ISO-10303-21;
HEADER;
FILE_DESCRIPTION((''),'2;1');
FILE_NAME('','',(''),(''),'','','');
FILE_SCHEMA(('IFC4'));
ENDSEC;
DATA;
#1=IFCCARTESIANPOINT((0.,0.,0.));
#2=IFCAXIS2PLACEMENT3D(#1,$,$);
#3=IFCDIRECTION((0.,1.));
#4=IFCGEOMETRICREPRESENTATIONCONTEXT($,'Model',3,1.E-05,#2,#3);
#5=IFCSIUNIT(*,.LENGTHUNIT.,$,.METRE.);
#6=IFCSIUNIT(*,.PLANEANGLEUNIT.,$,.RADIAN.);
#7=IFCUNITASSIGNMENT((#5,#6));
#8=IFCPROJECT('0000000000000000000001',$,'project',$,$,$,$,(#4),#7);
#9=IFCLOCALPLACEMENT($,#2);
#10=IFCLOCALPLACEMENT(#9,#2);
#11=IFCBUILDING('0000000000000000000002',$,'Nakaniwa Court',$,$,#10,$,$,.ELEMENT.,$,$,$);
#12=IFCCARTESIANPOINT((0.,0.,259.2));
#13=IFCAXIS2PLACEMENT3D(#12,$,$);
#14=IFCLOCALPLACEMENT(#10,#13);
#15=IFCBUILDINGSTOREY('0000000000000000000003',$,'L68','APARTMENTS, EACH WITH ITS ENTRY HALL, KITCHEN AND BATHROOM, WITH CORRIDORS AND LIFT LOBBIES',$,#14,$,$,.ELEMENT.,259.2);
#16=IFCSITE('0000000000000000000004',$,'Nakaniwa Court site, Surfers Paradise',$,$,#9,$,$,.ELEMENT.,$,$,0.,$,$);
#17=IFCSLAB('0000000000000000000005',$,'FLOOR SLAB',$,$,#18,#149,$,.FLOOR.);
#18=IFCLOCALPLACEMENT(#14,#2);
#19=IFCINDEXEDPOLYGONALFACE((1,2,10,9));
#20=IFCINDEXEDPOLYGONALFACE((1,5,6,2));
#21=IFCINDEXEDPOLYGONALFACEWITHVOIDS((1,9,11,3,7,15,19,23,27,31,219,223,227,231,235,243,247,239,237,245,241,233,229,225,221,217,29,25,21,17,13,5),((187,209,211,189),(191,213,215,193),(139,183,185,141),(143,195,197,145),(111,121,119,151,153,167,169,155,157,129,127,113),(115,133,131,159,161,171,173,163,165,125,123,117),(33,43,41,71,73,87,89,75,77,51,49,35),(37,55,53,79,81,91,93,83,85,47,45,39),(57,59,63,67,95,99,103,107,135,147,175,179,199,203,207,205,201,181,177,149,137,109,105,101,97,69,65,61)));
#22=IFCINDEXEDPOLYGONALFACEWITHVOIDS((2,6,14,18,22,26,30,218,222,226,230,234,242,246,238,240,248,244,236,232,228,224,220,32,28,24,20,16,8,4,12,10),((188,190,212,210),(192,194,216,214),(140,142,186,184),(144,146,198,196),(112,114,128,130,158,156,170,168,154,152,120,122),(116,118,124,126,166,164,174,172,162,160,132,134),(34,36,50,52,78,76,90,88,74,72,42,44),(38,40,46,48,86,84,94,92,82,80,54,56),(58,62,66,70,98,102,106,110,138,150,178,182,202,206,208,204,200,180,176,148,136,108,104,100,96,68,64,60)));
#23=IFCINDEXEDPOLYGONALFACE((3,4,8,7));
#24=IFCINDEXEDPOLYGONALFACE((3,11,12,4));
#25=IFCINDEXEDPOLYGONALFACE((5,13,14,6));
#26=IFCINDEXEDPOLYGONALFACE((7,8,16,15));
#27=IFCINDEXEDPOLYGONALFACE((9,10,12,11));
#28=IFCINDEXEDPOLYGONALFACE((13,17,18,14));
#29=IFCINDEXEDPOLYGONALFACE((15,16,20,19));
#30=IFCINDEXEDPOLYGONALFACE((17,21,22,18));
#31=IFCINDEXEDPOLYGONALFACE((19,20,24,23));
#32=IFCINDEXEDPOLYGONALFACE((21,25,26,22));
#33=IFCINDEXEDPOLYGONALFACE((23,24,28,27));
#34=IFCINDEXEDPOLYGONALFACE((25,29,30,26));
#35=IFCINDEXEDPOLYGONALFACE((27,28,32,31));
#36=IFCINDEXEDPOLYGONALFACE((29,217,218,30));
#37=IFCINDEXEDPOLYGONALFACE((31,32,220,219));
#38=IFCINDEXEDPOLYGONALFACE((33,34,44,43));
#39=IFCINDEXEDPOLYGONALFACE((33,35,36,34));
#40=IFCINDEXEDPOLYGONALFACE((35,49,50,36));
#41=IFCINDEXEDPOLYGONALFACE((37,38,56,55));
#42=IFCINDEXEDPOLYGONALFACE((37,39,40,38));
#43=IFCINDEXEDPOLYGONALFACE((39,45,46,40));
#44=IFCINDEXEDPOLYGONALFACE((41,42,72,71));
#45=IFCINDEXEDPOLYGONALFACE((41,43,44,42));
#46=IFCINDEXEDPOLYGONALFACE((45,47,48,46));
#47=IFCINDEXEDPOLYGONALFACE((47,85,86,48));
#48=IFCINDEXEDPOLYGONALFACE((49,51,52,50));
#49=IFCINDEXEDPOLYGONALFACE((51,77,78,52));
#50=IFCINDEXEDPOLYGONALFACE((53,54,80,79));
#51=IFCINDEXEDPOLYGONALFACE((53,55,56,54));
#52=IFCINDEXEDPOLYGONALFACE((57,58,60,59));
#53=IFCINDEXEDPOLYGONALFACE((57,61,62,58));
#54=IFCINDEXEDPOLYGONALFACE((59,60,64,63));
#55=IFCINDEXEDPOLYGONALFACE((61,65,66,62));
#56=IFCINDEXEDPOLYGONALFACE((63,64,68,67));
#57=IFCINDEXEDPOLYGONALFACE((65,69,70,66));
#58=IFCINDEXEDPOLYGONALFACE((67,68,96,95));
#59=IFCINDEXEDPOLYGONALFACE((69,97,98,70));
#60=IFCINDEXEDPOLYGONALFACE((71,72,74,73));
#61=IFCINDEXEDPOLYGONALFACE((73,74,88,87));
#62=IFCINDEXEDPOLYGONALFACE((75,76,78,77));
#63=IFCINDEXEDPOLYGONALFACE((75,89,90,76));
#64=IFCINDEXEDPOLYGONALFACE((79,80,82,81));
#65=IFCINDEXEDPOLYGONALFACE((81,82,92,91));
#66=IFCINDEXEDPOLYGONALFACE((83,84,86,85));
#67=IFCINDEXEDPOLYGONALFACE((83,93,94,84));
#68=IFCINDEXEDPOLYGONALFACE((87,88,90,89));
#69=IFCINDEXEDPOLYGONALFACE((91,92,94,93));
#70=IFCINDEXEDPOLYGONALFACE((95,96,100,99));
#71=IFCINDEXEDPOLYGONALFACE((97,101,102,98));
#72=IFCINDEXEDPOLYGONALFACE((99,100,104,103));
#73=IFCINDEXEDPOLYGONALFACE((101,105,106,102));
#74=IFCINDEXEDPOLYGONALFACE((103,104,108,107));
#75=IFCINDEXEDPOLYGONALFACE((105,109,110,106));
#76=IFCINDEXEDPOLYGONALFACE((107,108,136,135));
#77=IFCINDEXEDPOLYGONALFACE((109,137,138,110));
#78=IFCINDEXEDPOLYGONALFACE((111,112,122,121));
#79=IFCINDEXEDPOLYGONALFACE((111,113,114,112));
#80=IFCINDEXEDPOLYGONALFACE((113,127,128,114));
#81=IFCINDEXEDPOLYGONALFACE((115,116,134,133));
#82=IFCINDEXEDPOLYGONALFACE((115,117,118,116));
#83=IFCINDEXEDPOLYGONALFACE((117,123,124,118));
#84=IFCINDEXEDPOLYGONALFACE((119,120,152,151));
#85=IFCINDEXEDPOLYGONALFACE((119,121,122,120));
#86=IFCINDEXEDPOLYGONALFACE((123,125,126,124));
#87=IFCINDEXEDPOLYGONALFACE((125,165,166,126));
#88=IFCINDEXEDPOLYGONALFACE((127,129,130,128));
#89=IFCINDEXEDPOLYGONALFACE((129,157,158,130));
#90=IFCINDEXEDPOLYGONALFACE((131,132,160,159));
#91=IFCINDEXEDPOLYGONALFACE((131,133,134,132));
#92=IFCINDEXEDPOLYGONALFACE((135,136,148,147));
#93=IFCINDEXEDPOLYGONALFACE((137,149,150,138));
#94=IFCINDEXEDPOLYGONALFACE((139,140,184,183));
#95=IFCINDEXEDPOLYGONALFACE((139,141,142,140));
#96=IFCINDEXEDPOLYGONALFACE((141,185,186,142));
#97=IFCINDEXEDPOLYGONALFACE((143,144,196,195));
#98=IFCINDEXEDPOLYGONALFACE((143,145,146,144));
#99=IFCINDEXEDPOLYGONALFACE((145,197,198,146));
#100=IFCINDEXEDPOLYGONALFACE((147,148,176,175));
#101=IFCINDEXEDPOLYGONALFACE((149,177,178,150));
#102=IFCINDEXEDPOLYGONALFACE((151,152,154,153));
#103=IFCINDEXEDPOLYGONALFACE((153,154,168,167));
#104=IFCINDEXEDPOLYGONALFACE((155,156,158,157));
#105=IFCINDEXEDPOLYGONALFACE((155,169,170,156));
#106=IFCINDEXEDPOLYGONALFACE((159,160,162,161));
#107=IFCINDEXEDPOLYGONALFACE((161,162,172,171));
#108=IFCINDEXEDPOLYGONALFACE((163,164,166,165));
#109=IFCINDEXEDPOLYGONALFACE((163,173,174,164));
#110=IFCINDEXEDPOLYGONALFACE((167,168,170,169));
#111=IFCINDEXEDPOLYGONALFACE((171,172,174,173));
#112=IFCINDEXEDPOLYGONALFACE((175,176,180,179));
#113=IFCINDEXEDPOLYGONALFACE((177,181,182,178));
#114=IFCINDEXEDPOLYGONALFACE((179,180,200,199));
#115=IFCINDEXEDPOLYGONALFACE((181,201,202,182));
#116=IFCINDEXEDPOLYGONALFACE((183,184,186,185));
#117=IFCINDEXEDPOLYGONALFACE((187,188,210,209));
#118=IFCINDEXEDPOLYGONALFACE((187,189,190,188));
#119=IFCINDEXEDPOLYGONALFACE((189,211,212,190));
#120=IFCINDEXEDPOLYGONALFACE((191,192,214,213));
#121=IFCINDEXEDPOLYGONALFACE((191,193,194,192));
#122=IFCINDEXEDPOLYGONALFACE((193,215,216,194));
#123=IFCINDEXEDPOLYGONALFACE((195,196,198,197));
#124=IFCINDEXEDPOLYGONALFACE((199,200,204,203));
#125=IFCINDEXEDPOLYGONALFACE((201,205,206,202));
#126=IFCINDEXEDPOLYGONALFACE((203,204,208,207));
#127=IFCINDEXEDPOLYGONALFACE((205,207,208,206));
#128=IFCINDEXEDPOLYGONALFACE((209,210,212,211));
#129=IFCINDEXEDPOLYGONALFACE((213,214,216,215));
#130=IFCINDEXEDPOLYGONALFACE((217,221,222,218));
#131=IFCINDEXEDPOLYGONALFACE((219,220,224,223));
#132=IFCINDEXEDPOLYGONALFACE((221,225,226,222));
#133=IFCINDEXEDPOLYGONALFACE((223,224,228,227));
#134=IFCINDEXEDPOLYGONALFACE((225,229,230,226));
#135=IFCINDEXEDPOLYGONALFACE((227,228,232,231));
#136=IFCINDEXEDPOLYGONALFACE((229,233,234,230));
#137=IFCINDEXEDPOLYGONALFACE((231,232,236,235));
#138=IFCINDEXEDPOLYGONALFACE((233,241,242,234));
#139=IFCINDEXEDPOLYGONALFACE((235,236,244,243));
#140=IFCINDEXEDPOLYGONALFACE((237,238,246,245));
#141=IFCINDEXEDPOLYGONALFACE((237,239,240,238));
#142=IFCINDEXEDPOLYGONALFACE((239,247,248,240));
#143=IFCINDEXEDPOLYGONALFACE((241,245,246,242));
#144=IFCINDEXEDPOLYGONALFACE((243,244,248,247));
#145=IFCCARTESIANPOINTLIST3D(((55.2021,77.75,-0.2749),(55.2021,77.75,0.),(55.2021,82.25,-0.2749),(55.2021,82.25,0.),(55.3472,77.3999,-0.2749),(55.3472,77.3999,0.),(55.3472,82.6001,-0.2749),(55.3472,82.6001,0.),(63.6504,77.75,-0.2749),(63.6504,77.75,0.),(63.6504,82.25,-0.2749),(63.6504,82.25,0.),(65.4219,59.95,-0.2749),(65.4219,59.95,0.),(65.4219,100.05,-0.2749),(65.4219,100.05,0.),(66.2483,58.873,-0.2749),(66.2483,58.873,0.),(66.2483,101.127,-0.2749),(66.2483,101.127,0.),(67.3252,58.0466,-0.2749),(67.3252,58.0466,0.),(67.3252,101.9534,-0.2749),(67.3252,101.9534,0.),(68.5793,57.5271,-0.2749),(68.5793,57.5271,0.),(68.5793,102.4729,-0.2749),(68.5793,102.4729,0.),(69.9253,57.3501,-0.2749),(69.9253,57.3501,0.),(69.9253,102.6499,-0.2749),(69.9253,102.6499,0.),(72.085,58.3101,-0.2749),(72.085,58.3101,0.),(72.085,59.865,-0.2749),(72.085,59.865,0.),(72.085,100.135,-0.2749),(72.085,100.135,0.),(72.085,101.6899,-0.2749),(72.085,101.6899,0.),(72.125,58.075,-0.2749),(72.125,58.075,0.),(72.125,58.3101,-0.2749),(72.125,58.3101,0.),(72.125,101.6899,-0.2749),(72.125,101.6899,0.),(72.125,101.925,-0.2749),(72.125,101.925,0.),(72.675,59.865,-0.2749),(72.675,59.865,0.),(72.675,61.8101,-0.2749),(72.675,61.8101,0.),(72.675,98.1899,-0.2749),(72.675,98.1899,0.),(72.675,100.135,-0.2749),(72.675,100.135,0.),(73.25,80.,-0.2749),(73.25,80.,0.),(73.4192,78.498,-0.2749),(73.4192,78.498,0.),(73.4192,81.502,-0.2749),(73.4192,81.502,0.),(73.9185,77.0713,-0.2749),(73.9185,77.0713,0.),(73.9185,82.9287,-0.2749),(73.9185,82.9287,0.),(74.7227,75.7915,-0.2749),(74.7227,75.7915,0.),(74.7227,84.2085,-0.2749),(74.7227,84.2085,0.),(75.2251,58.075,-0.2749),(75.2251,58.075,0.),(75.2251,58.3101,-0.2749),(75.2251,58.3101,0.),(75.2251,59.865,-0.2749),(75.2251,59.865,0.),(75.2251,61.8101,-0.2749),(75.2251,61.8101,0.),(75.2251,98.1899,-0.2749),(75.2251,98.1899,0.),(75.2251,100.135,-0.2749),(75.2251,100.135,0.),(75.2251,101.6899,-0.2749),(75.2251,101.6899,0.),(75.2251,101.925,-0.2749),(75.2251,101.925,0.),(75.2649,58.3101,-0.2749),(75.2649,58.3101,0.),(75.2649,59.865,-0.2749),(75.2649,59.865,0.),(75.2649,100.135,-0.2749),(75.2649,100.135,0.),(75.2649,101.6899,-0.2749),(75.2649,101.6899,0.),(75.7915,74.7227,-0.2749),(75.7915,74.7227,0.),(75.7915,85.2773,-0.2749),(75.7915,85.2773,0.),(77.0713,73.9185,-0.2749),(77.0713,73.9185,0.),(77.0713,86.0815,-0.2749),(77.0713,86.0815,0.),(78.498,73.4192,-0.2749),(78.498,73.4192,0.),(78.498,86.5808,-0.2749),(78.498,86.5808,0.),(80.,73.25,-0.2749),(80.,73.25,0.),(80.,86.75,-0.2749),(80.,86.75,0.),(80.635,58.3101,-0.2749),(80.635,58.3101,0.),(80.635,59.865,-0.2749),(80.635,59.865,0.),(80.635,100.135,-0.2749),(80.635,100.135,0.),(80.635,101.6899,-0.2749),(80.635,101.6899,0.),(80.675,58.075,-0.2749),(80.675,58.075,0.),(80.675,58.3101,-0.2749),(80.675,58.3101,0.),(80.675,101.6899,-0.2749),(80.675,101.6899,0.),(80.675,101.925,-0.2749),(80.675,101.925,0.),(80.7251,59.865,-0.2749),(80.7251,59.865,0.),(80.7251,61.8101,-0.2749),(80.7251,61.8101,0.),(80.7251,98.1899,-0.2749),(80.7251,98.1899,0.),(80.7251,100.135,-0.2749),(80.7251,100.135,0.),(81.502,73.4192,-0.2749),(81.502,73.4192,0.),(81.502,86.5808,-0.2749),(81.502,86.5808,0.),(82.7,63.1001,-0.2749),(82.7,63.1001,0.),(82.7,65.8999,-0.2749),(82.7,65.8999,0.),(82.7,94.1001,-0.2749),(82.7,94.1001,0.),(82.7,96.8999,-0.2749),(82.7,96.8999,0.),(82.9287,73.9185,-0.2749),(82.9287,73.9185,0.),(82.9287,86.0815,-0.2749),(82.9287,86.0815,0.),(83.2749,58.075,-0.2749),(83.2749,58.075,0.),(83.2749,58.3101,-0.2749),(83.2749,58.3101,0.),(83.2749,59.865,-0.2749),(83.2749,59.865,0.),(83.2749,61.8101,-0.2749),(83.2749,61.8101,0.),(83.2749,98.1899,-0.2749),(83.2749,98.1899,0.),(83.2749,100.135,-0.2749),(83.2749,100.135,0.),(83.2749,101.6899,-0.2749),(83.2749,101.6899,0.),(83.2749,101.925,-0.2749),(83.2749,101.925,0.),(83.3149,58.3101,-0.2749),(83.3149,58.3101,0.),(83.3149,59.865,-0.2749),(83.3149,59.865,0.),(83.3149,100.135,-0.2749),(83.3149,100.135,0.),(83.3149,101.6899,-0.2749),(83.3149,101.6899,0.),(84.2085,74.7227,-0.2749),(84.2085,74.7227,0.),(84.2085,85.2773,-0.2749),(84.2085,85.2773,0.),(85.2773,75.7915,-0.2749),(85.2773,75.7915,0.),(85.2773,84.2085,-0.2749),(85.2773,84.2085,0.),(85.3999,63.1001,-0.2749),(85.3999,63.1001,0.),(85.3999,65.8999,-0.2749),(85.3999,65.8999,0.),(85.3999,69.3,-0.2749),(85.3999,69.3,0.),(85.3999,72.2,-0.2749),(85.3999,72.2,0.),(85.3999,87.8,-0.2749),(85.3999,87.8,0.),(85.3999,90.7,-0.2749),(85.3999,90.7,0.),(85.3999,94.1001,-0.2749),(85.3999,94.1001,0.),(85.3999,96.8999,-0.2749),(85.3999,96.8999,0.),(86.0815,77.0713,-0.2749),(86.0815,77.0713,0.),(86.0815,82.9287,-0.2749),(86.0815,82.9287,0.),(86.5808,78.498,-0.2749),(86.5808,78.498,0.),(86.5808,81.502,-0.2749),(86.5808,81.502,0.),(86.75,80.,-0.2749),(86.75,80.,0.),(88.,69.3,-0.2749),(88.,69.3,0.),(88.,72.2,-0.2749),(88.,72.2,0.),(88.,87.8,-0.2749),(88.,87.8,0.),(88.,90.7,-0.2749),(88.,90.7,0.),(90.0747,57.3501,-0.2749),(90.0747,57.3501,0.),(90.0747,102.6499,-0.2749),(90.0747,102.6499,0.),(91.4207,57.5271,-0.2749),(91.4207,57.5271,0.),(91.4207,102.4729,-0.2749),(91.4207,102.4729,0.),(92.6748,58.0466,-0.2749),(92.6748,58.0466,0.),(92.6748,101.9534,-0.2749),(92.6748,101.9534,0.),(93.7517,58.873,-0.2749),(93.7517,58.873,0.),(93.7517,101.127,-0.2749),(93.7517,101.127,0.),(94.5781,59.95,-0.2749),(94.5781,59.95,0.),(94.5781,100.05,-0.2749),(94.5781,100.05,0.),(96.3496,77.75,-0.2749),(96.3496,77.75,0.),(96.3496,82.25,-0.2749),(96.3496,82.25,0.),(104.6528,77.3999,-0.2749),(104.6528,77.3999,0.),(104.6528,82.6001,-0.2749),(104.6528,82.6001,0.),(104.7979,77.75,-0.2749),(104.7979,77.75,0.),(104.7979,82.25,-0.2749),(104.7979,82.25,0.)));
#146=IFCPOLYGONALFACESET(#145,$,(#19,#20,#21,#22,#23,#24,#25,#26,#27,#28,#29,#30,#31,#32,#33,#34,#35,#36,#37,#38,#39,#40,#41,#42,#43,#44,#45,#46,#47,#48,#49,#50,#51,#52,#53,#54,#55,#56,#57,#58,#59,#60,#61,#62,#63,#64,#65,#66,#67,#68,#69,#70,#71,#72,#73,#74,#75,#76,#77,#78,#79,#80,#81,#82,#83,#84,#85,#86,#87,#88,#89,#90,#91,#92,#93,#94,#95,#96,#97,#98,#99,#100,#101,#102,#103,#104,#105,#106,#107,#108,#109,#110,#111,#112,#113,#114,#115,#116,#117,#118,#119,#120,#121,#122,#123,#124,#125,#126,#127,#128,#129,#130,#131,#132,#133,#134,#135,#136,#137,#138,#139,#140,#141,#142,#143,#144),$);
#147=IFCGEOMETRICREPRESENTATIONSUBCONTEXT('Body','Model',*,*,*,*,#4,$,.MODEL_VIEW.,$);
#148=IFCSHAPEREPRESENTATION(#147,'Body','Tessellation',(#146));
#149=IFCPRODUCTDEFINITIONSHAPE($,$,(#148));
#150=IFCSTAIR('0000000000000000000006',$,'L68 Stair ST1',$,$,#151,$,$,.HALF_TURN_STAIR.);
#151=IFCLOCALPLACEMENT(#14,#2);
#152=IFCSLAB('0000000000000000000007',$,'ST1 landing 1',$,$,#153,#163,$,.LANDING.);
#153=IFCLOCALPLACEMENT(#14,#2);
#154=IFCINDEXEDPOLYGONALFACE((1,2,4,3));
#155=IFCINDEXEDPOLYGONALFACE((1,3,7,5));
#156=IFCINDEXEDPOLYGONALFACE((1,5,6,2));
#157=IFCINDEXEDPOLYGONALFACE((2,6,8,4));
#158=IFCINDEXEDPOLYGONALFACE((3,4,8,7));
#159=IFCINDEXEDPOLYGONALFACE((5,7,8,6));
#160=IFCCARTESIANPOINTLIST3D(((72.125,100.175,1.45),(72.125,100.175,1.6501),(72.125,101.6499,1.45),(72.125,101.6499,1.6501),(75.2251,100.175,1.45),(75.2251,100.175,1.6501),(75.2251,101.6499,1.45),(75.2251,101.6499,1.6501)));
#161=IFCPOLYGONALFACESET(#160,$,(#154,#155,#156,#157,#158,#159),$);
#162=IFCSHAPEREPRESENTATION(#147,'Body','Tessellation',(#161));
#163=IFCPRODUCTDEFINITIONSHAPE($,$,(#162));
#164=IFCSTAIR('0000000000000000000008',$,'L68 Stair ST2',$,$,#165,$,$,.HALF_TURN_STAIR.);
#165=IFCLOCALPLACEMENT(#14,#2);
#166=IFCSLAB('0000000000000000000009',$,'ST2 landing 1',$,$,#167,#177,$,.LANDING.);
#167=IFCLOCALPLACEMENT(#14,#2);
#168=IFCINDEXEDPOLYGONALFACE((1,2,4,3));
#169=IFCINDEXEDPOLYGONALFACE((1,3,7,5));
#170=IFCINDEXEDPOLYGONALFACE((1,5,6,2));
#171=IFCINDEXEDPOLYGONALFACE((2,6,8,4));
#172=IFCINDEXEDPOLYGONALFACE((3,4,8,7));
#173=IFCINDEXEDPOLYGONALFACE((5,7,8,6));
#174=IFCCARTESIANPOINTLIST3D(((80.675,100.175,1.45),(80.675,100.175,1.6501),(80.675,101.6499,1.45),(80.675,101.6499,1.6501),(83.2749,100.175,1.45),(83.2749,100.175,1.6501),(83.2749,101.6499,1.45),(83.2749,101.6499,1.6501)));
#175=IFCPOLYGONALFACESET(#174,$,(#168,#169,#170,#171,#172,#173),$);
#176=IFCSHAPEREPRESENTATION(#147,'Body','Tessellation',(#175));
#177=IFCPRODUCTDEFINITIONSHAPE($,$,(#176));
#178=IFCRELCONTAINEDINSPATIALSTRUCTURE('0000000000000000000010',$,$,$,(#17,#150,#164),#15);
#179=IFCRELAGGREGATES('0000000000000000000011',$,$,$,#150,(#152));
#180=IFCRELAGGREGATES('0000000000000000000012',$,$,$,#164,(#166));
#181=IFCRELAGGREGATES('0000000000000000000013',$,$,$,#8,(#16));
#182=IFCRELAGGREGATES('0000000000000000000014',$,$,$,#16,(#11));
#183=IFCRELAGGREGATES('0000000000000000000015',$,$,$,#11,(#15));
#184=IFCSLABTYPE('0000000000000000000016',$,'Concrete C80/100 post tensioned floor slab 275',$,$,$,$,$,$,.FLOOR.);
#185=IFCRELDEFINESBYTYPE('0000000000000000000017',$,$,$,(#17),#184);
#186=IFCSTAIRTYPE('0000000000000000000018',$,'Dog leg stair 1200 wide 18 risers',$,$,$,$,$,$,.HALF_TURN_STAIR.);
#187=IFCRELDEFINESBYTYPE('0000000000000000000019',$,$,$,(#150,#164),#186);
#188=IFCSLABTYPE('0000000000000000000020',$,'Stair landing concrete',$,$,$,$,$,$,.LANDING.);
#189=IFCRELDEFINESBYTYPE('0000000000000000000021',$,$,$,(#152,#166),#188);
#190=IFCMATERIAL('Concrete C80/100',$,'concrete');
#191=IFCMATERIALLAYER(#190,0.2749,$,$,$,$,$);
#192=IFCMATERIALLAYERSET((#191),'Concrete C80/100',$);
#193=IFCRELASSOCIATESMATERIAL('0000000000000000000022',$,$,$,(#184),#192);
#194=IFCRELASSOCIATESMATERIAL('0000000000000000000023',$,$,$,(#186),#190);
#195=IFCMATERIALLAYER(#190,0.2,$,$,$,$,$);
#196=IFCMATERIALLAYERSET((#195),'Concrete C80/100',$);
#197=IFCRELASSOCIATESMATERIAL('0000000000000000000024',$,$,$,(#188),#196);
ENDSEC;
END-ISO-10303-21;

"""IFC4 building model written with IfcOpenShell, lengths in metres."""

from ifc_helpers import new_model, si_unit, direction, frame, origin, place, context, subcontext, project, spatial, polyline, outline, extrude, material, layer, layer_set, type_object, element, aggregate, save


model = new_model("IFC4")

# Units and contexts
model_context = context("Model", 3, precision=1e-05, world=origin(), true_north=direction((0.0, 1.0)))
body_context = subcontext(model_context, "Body", "Model", "MODEL_VIEW")
ifc_project = project(units=[si_unit("LENGTHUNIT", "METRE"), si_unit("PLANEANGLEUNIT", "RADIAN")], contexts=[model_context])

# Site, building, storey
site_placement = place(None, origin())
site = spatial("IfcSite", under=ifc_project, at=site_placement, Name="Nakaniwa Court site, Surfers Paradise", CompositionType="ELEMENT", RefElevation=0.0)
building_placement = place(site_placement, origin())
building = spatial("IfcBuilding", under=site, at=building_placement, Name="Nakaniwa Court", CompositionType="ELEMENT")
storey_placement = place(building_placement, frame((0.0, 0.0, 259.2)))
storey = spatial("IfcBuildingStorey", under=building, at=storey_placement, Name="L68", Description="APARTMENTS, EACH WITH ITS ENTRY HALL, KITCHEN AND BATHROOM, WITH CORRIDORS AND LIFT LOBBIES", CompositionType="ELEMENT", Elevation=259.2)

# Shared definitions
ifc_material_1 = material(Name="Concrete C80/100", Category="concrete")

# Slab
ifc_layer_1 = layer(ifc_material_1, 0.2749)
ifc_layer_set_1 = layer_set([ifc_layer_1], Name="Concrete C80/100")
slab_type_1 = type_object("IfcSlabType", Name="Concrete C80/100 post tensioned floor slab 275", PredefinedType="FLOOR", material=ifc_layer_set_1)
slab_1_placement = place(storey_placement, frame((0.0, 0.0, -0.2749)))
element("IfcSlab", 1, at=slab_1_placement, inside=storey, type_object=slab_type_1, Name="FLOOR SLAB", PredefinedType="FLOOR", context=body_context, shape_type="SweptSolid", body=[
    extrude(outline(polyline([(96.3496, 82.25), (104.7979, 82.25), (104.6528, 82.6001), (94.5781, 100.05), (93.7517, 101.127), (92.6748, 101.9534), (91.4207, 102.4729), (90.0747, 102.6499), (69.9253, 102.6499), (68.5793, 102.4729), (67.3252, 101.9534), (66.2483, 101.127), (65.4219, 100.05), (55.3472, 82.6001), (55.2021, 82.25), (63.6504, 82.25), (63.6504, 77.75), (55.2021, 77.75), (55.3472, 77.3999), (65.4219, 59.95), (66.2483, 58.873), (67.3252, 58.0466), (68.5793, 57.5271), (69.9253, 57.3501), (90.0747, 57.3501), (91.4207, 57.5271), (92.6748, 58.0466), (93.7517, 58.873), (94.5781, 59.95), (104.6528, 77.3999), (104.7979, 77.75), (96.3496, 77.75), (96.3496, 82.25)]), holes=[polyline([(81.502, 86.5808), (80.0, 86.75), (78.498, 86.5808), (77.0713, 86.0815), (75.7915, 85.2773), (74.7227, 84.2085), (73.9185, 82.9287), (73.4192, 81.502), (73.25, 80.0), (73.4192, 78.498), (73.9185, 77.0713), (74.7227, 75.7915), (75.7915, 74.7227), (77.0713, 73.9185), (78.498, 73.4192), (80.0, 73.25), (81.502, 73.4192), (82.9287, 73.9185), (84.2085, 74.7227), (85.2773, 75.7915), (86.0815, 77.0713), (86.5808, 78.498), (86.75, 80.0), (86.5808, 81.502), (86.0815, 82.9287), (85.2773, 84.2085), (84.2085, 85.2773), (82.9287, 86.0815), (81.502, 86.5808)]), polyline([(72.675, 61.8101), (72.675, 59.865), (72.085, 59.865), (72.085, 58.3101), (72.125, 58.3101), (72.125, 58.075), (75.2251, 58.075), (75.2251, 58.3101), (75.2649, 58.3101), (75.2649, 59.865), (75.2251, 59.865), (75.2251, 61.8101), (72.675, 61.8101)]), polyline([(83.2749, 61.8101), (80.7251, 61.8101), (80.7251, 59.865), (80.635, 59.865), (80.635, 58.3101), (80.675, 58.3101), (80.675, 58.075), (83.2749, 58.075), (83.2749, 58.3101), (83.3149, 58.3101), (83.3149, 59.865), (83.2749, 59.865), (83.2749, 61.8101)]), polyline([(75.2649, 101.6899), (75.2251, 101.6899), (75.2251, 101.925), (72.125, 101.925), (72.125, 101.6899), (72.085, 101.6899), (72.085, 100.135), (72.675, 100.135), (72.675, 98.1899), (75.2251, 98.1899), (75.2251, 100.135), (75.2649, 100.135), (75.2649, 101.6899)]), polyline([(83.3149, 100.135), (83.3149, 101.6899), (83.2749, 101.6899), (83.2749, 101.925), (80.675, 101.925), (80.675, 101.6899), (80.635, 101.6899), (80.635, 100.135), (80.7251, 100.135), (80.7251, 98.1899), (83.2749, 98.1899), (83.2749, 100.135), (83.3149, 100.135)]), polyline([(85.3999, 65.8999), (82.7, 65.8999), (82.7, 63.1001), (85.3999, 63.1001), (85.3999, 65.8999)]), polyline([(88.0, 72.2), (85.3999, 72.2), (85.3999, 69.3), (88.0, 69.3), (88.0, 72.2)]), polyline([(85.3999, 90.7), (85.3999, 87.8), (88.0, 87.8), (88.0, 90.7), (85.3999, 90.7)]), polyline([(85.3999, 96.8999), (82.7, 96.8999), (82.7, 94.1001), (85.3999, 94.1001), (85.3999, 96.8999)])]), origin(), (0.0, 0.0, 1.0), 0.2749),
])

# Stairs, slabs
stair_type = type_object("IfcStairType", Name="Dog leg stair 1200 wide 18 risers", PredefinedType="HALF_TURN_STAIR", material=ifc_material_1)
stair_1_placement = place(storey_placement, origin())
stair_1 = element("IfcStair", 2, at=stair_1_placement, inside=storey, type_object=stair_type, Name="L68 Stair ST1", PredefinedType="HALF_TURN_STAIR")
ifc_layer_2 = layer(ifc_material_1, 0.2)
ifc_layer_set_2 = layer_set([ifc_layer_2], Name="Concrete C80/100")
slab_type_2 = type_object("IfcSlabType", Name="Stair landing concrete", PredefinedType="LANDING", material=ifc_layer_set_2)
slab_2_placement = place(storey_placement, frame((0.0, 0.0, 1.45)))
slab_2 = element("IfcSlab", 3, at=slab_2_placement, type_object=slab_type_2, Name="ST1 landing 1", PredefinedType="LANDING", context=body_context, shape_type="SweptSolid", body=[
    extrude(outline(polyline([(75.2251, 100.175), (75.2251, 101.6499), (72.125, 101.6499), (72.125, 100.175), (75.2251, 100.175)])), origin(), (0.0, 0.0, 1.0), 0.2002),
])
aggregate(stair_1, [slab_2])
stair_2_placement = place(storey_placement, origin())
stair_2 = element("IfcStair", 4, at=stair_2_placement, inside=storey, type_object=stair_type, Name="L68 Stair ST2", PredefinedType="HALF_TURN_STAIR")
slab_3_placement = place(storey_placement, frame((0.0, 0.0, 1.45)))
slab_3 = element("IfcSlab", 5, at=slab_3_placement, type_object=slab_type_2, Name="ST2 landing 1", PredefinedType="LANDING", context=body_context, shape_type="SweptSolid", body=[
    extrude(outline(polyline([(83.2749, 100.175), (83.2749, 101.6499), (80.675, 101.6499), (80.675, 100.175), (83.2749, 100.175)])), origin(), (0.0, 0.0, 1.0), 0.2002),
])
aggregate(stair_2, [slab_3])

save(model, "model.ifc")
